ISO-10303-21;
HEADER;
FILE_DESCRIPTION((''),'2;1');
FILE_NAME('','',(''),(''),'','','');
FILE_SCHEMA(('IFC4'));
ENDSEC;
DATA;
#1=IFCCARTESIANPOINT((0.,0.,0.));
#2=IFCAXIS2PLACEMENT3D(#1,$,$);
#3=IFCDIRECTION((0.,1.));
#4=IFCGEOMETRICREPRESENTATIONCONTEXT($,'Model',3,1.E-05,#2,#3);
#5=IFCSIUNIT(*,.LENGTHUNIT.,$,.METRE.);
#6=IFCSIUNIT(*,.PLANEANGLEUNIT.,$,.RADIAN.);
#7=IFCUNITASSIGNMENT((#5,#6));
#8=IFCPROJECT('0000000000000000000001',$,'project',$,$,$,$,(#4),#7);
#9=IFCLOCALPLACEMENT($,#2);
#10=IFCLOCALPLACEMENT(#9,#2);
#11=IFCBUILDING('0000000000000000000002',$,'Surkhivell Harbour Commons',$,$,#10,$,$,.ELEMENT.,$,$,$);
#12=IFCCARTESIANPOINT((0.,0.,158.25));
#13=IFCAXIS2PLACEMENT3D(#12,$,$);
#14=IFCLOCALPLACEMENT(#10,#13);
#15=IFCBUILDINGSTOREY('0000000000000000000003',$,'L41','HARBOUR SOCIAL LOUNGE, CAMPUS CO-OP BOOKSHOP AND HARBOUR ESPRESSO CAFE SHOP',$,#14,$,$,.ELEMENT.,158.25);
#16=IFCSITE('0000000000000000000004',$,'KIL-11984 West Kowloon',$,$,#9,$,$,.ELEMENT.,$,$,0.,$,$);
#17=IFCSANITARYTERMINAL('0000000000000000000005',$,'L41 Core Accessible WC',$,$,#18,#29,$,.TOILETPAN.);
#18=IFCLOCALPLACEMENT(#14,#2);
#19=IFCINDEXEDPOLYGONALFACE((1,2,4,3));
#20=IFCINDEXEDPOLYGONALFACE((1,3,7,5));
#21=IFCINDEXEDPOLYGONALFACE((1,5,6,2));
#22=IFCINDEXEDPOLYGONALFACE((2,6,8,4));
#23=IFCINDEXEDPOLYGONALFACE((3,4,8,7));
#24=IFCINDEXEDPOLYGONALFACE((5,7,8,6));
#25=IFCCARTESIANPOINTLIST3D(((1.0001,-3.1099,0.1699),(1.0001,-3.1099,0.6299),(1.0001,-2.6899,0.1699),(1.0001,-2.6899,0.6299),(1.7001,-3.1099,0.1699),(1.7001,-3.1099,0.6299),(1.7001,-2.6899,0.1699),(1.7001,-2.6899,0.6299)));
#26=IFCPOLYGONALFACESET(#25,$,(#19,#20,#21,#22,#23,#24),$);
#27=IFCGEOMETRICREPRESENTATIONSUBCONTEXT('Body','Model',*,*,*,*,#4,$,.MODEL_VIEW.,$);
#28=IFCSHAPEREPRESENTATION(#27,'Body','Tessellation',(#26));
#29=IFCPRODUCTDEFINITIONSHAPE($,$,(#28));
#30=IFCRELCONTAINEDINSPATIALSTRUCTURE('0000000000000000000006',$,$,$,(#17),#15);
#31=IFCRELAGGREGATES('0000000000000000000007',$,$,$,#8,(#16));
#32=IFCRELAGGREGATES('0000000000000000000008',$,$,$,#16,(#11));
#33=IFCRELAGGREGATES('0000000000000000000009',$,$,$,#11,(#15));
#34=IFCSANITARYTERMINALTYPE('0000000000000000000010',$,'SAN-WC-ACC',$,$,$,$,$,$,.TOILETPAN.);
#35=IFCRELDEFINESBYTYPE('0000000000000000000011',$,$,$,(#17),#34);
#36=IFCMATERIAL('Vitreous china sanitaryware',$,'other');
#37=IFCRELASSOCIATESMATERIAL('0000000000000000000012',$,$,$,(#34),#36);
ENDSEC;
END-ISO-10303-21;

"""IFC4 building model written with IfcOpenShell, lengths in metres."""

from ifc_helpers import new_model, si_unit, direction, frame, origin, origin_2d, place, context, subcontext, project, spatial, rectangle, extrude, material, type_object, element, save


model = new_model("IFC4")

# Units and contexts
model_context = context("Model", 3, precision=1e-05, world=origin(), true_north=direction((0.0, 1.0)))
body_context = subcontext(model_context, "Body", "Model", "MODEL_VIEW")
ifc_project = project(units=[si_unit("LENGTHUNIT", "METRE"), si_unit("PLANEANGLEUNIT", "RADIAN")], contexts=[model_context])

# Site, building, storey
site_placement = place(None, origin())
site = spatial("IfcSite", under=ifc_project, at=site_placement, Name="KIL-11984 West Kowloon", CompositionType="ELEMENT", RefElevation=0.0)
building_placement = place(site_placement, origin())
building = spatial("IfcBuilding", under=site, at=building_placement, Name="Surkhivell Harbour Commons", CompositionType="ELEMENT")
storey_placement = place(building_placement, frame((0.0, 0.0, 158.25)))
storey = spatial("IfcBuildingStorey", under=building, at=storey_placement, Name="L41", Description="HARBOUR SOCIAL LOUNGE, CAMPUS CO-OP BOOKSHOP AND HARBOUR ESPRESSO CAFE SHOP", CompositionType="ELEMENT", Elevation=158.25)

# Sanitary terminal
ifc_material_1 = material(Name="Vitreous china sanitaryware", Category="other")
sanitary_terminal_type_1 = type_object("IfcSanitaryTerminalType", Name="SAN-WC-ACC", PredefinedType="TOILETPAN", material=ifc_material_1)
sanitary_terminal_1_placement = place(storey_placement, frame((1.3501, -2.8999, 0.1699), z_axis=(0.0, 0.0, 1.0), x_axis=(1.0, 0.0, 0.0)))
element("IfcSanitaryTerminal", 1, at=sanitary_terminal_1_placement, inside=storey, type_object=sanitary_terminal_type_1, Name="L41 Core Accessible WC", PredefinedType="TOILETPAN", context=body_context, shape_type="SweptSolid", body=[
    extrude(rectangle(XDim=0.7, YDim=0.4199, at=origin_2d()), origin(), (0.0, 0.0, 1.0), 0.46),
])

save(model, "model.ifc")
